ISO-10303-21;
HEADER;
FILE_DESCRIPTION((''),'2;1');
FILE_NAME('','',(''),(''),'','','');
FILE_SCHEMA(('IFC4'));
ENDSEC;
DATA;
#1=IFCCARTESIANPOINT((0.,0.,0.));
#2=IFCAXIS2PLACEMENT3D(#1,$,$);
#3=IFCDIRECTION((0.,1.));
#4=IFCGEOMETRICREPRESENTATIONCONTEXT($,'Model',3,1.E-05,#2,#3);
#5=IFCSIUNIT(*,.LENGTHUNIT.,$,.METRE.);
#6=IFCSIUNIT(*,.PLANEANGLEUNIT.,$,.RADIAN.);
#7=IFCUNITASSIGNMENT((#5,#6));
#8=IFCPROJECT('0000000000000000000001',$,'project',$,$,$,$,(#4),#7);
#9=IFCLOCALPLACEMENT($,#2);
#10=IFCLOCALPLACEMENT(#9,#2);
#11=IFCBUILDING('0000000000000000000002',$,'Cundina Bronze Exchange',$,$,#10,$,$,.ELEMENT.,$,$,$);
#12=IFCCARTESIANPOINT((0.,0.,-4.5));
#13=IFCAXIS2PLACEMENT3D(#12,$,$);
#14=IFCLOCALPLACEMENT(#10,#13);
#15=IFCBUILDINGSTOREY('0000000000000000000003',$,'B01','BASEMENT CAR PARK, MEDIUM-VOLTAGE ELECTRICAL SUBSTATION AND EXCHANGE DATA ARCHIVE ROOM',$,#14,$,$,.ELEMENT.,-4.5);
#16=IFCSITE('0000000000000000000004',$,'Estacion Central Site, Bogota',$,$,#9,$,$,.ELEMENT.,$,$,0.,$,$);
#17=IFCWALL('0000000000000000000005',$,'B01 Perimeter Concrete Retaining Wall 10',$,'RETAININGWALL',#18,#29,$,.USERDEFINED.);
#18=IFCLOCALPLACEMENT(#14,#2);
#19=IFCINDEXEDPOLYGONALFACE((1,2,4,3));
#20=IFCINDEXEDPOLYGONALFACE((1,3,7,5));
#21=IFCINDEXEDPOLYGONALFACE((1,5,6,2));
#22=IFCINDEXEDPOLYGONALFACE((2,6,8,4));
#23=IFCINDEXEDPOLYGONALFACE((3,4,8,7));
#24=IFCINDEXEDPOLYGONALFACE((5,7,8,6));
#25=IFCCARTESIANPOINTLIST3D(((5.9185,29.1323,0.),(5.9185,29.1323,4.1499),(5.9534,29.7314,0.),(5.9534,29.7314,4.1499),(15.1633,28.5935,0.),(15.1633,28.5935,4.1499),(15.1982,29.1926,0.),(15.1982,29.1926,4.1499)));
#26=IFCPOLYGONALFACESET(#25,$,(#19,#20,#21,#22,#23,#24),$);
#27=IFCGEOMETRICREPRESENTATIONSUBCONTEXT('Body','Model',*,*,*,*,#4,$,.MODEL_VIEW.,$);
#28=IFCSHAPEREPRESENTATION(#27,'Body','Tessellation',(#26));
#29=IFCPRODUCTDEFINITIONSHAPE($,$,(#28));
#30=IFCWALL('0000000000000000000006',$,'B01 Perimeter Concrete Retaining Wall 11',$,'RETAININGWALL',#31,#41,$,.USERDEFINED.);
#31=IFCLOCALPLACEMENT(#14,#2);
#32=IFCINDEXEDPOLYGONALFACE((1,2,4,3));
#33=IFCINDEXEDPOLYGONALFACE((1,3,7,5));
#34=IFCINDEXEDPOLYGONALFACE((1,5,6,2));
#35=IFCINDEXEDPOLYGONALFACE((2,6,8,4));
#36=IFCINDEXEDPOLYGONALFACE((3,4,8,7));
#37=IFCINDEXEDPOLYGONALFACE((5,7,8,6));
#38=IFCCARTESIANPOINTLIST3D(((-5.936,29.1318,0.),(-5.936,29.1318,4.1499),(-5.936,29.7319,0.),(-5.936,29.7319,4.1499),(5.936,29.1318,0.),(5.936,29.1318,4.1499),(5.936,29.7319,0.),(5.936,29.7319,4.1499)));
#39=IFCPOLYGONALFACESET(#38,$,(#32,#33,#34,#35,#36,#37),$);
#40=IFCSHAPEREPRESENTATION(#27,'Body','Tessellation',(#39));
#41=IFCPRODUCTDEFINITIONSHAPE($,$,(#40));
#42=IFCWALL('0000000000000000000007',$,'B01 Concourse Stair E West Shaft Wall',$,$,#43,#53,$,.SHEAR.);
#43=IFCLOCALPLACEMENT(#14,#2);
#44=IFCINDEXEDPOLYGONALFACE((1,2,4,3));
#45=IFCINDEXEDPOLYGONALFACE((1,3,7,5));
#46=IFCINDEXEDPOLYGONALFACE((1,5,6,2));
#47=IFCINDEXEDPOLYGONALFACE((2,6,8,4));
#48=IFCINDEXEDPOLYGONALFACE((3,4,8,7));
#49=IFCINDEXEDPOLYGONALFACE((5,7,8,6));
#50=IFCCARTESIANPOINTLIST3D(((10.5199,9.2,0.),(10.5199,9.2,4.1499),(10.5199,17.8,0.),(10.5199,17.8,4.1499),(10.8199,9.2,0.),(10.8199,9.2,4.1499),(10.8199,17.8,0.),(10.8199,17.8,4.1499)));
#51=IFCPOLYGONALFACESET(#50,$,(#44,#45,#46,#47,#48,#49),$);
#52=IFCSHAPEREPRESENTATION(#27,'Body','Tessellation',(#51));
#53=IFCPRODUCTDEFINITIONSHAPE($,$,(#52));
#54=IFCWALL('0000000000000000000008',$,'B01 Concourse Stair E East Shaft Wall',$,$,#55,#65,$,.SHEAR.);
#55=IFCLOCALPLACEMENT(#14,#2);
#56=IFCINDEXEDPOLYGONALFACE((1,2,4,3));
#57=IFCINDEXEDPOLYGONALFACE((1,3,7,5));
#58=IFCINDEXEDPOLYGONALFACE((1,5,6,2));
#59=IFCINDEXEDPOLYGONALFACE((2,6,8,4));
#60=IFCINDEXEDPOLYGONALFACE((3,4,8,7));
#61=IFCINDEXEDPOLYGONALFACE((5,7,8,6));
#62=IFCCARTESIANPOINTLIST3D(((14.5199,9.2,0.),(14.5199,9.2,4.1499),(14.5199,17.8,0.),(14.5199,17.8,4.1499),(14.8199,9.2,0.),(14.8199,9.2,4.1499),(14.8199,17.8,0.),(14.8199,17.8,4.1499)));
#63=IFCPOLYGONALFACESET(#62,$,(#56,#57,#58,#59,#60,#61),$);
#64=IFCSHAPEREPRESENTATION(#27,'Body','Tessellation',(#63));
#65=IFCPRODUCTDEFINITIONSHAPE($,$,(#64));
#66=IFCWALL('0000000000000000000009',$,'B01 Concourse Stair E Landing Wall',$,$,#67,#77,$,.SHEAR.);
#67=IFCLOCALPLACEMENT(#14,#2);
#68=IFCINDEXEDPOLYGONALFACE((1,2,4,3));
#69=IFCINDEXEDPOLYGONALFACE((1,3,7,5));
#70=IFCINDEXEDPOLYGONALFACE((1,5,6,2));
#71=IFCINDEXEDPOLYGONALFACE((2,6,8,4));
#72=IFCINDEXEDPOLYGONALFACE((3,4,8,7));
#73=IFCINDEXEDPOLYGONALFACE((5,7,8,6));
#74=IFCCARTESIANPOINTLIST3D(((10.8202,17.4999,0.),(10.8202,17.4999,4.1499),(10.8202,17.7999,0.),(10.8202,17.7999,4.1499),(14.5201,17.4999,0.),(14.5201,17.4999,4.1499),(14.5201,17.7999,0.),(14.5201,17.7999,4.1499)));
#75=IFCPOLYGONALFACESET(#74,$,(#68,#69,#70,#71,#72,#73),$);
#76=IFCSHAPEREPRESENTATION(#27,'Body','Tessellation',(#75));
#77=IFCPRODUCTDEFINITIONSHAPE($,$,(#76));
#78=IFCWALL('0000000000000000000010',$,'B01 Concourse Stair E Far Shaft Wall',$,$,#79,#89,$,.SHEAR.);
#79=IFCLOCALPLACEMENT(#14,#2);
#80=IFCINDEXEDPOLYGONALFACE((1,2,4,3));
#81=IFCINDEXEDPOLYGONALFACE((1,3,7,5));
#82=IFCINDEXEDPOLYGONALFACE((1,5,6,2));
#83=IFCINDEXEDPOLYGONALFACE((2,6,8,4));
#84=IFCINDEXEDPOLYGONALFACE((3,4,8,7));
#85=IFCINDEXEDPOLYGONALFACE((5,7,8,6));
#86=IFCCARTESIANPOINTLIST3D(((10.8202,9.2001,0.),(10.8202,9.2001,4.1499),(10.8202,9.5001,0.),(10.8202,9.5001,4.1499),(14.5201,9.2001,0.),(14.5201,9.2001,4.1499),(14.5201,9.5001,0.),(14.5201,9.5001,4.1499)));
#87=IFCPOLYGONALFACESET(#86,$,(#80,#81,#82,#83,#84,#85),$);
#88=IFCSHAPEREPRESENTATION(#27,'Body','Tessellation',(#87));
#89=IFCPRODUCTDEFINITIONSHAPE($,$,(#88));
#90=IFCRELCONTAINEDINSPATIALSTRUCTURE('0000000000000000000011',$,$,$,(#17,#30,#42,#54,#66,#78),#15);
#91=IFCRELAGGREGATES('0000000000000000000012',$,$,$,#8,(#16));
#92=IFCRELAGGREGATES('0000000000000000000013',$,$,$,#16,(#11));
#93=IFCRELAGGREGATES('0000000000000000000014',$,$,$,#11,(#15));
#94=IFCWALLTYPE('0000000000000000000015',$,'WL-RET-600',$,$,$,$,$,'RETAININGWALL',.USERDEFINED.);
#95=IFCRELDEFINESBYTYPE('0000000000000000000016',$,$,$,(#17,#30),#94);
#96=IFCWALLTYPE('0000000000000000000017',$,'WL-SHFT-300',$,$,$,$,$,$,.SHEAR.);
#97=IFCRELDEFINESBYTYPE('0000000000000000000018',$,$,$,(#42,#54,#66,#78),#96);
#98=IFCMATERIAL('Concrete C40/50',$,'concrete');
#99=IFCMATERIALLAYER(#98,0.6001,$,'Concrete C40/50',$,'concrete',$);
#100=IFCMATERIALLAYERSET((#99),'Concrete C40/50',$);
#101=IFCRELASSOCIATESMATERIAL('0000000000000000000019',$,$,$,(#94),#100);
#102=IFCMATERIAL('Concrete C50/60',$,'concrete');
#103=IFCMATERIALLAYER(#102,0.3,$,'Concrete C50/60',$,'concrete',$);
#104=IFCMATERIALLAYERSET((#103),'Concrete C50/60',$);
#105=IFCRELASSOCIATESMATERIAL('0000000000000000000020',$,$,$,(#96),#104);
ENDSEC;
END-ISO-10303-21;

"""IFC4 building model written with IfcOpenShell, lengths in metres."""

from ifc_helpers import new_model, si_unit, direction, frame, frame_2d, origin, place, context, subcontext, project, spatial, rectangle, extrude, material, layer, layer_set, type_object, element, save


model = new_model("IFC4")

# Units and contexts
model_context = context("Model", 3, precision=1e-05, world=origin(), true_north=direction((0.0, 1.0)))
body_context = subcontext(model_context, "Body", "Model", "MODEL_VIEW")
ifc_project = project(units=[si_unit("LENGTHUNIT", "METRE"), si_unit("PLANEANGLEUNIT", "RADIAN")], contexts=[model_context])

# Site, building, storey
site_placement = place(None, origin())
site = spatial("IfcSite", under=ifc_project, at=site_placement, Name="Estacion Central Site, Bogota", CompositionType="ELEMENT", RefElevation=0.0)
building_placement = place(site_placement, origin())
building = spatial("IfcBuilding", under=site, at=building_placement, Name="Cundina Bronze Exchange", CompositionType="ELEMENT")
storey_placement = place(building_placement, frame((0.0, 0.0, -4.5)))
storey = spatial("IfcBuildingStorey", under=building, at=storey_placement, Name="B01", Description="BASEMENT CAR PARK, MEDIUM-VOLTAGE ELECTRICAL SUBSTATION AND EXCHANGE DATA ARCHIVE ROOM", CompositionType="ELEMENT", Elevation=-4.5)

# Shared definitions
ifc_material_1 = material(Name="Concrete C50/60", Category="concrete")

# Walls
ifc_material_2 = material(Name="Concrete C40/50", Category="concrete")
ifc_layer_1 = layer(ifc_material_2, 0.6001, Name="Concrete C40/50", Category="concrete")
ifc_layer_set_1 = layer_set([ifc_layer_1], Name="Concrete C40/50")
wall_type_1 = type_object("IfcWallType", Name="WL-RET-600", ElementType="RETAININGWALL", PredefinedType="USERDEFINED", material=ifc_layer_set_1)
wall_1_placement = place(storey_placement, frame((15.1809, 28.8931, 0.0), z_axis=(0.0, 0.0, 1.0), x_axis=(-0.998306, 0.058184, 0.0)))
element("IfcWall", 1, at=wall_1_placement, inside=storey, type_object=wall_type_1, Name="B01 Perimeter Concrete Retaining Wall 10", ObjectType="RETAININGWALL", PredefinedType="USERDEFINED", context=body_context, shape_type="SweptSolid", body=[
    extrude(rectangle(XDim=9.2605, YDim=0.6001, at=frame_2d((4.6304, 0.0))), origin(), (0.0, 0.0, 1.0), 4.1499),
])
wall_2_placement = place(storey_placement, frame((5.936, 29.4319, 0.0), z_axis=(0.0, 0.0, 1.0), x_axis=(-1.0, 0.0, 0.0)))
element("IfcWall", 2, at=wall_2_placement, inside=storey, type_object=wall_type_1, Name="B01 Perimeter Concrete Retaining Wall 11", ObjectType="RETAININGWALL", PredefinedType="USERDEFINED", context=body_context, shape_type="SweptSolid", body=[
    extrude(rectangle(XDim=11.8721, YDim=0.6001, at=frame_2d((5.936, 0.0))), origin(), (0.0, 0.0, 1.0), 4.1499),
])
ifc_layer_2 = layer(ifc_material_1, 0.3, Name="Concrete C50/60", Category="concrete")
ifc_layer_set_2 = layer_set([ifc_layer_2], Name="Concrete C50/60")
wall_type_2 = type_object("IfcWallType", Name="WL-SHFT-300", PredefinedType="SHEAR", material=ifc_layer_set_2)
for number, where, z_axis, x_axis, name in (
    (3, (10.6699, 9.2, 0.0), (0.0, 0.0, 1.0), (0.0, 1.0, 0.0), "B01 Concourse Stair E West Shaft Wall"),
    (4, (14.6699, 9.2, 0.0), (0.0, 0.0, 1.0), (0.0, 1.0, 0.0), "B01 Concourse Stair E East Shaft Wall"),
):
    element("IfcWall", number, at=place(storey_placement, frame(where, z_axis=z_axis, x_axis=x_axis)), inside=storey, type_object=wall_type_2, Name=name, PredefinedType="SHEAR", context=body_context, shape_type="SweptSolid", body=[
        extrude(rectangle(XDim=8.6001, YDim=0.3, at=frame_2d((4.3, 0.0))), origin(), (0.0, 0.0, 1.0), 4.1499),
    ])
for number, where, z_axis, x_axis, name in (
    (5, (10.8201, 17.6499, 0.0), (0.0, 0.0, 1.0), (1.0, 0.0, 0.0), "B01 Concourse Stair E Landing Wall"),
    (6, (10.8201, 9.3501, 0.0), (0.0, 0.0, 1.0), (1.0, 0.0, 0.0), "B01 Concourse Stair E Far Shaft Wall"),
):
    element("IfcWall", number, at=place(storey_placement, frame(where, z_axis=z_axis, x_axis=x_axis)), inside=storey, type_object=wall_type_2, Name=name, PredefinedType="SHEAR", context=body_context, shape_type="SweptSolid", body=[
        extrude(rectangle(XDim=3.7, YDim=0.3, at=frame_2d((1.8501, 0.0))), origin(), (0.0, 0.0, 1.0), 4.1499),
    ])

save(model, "model.ifc")
